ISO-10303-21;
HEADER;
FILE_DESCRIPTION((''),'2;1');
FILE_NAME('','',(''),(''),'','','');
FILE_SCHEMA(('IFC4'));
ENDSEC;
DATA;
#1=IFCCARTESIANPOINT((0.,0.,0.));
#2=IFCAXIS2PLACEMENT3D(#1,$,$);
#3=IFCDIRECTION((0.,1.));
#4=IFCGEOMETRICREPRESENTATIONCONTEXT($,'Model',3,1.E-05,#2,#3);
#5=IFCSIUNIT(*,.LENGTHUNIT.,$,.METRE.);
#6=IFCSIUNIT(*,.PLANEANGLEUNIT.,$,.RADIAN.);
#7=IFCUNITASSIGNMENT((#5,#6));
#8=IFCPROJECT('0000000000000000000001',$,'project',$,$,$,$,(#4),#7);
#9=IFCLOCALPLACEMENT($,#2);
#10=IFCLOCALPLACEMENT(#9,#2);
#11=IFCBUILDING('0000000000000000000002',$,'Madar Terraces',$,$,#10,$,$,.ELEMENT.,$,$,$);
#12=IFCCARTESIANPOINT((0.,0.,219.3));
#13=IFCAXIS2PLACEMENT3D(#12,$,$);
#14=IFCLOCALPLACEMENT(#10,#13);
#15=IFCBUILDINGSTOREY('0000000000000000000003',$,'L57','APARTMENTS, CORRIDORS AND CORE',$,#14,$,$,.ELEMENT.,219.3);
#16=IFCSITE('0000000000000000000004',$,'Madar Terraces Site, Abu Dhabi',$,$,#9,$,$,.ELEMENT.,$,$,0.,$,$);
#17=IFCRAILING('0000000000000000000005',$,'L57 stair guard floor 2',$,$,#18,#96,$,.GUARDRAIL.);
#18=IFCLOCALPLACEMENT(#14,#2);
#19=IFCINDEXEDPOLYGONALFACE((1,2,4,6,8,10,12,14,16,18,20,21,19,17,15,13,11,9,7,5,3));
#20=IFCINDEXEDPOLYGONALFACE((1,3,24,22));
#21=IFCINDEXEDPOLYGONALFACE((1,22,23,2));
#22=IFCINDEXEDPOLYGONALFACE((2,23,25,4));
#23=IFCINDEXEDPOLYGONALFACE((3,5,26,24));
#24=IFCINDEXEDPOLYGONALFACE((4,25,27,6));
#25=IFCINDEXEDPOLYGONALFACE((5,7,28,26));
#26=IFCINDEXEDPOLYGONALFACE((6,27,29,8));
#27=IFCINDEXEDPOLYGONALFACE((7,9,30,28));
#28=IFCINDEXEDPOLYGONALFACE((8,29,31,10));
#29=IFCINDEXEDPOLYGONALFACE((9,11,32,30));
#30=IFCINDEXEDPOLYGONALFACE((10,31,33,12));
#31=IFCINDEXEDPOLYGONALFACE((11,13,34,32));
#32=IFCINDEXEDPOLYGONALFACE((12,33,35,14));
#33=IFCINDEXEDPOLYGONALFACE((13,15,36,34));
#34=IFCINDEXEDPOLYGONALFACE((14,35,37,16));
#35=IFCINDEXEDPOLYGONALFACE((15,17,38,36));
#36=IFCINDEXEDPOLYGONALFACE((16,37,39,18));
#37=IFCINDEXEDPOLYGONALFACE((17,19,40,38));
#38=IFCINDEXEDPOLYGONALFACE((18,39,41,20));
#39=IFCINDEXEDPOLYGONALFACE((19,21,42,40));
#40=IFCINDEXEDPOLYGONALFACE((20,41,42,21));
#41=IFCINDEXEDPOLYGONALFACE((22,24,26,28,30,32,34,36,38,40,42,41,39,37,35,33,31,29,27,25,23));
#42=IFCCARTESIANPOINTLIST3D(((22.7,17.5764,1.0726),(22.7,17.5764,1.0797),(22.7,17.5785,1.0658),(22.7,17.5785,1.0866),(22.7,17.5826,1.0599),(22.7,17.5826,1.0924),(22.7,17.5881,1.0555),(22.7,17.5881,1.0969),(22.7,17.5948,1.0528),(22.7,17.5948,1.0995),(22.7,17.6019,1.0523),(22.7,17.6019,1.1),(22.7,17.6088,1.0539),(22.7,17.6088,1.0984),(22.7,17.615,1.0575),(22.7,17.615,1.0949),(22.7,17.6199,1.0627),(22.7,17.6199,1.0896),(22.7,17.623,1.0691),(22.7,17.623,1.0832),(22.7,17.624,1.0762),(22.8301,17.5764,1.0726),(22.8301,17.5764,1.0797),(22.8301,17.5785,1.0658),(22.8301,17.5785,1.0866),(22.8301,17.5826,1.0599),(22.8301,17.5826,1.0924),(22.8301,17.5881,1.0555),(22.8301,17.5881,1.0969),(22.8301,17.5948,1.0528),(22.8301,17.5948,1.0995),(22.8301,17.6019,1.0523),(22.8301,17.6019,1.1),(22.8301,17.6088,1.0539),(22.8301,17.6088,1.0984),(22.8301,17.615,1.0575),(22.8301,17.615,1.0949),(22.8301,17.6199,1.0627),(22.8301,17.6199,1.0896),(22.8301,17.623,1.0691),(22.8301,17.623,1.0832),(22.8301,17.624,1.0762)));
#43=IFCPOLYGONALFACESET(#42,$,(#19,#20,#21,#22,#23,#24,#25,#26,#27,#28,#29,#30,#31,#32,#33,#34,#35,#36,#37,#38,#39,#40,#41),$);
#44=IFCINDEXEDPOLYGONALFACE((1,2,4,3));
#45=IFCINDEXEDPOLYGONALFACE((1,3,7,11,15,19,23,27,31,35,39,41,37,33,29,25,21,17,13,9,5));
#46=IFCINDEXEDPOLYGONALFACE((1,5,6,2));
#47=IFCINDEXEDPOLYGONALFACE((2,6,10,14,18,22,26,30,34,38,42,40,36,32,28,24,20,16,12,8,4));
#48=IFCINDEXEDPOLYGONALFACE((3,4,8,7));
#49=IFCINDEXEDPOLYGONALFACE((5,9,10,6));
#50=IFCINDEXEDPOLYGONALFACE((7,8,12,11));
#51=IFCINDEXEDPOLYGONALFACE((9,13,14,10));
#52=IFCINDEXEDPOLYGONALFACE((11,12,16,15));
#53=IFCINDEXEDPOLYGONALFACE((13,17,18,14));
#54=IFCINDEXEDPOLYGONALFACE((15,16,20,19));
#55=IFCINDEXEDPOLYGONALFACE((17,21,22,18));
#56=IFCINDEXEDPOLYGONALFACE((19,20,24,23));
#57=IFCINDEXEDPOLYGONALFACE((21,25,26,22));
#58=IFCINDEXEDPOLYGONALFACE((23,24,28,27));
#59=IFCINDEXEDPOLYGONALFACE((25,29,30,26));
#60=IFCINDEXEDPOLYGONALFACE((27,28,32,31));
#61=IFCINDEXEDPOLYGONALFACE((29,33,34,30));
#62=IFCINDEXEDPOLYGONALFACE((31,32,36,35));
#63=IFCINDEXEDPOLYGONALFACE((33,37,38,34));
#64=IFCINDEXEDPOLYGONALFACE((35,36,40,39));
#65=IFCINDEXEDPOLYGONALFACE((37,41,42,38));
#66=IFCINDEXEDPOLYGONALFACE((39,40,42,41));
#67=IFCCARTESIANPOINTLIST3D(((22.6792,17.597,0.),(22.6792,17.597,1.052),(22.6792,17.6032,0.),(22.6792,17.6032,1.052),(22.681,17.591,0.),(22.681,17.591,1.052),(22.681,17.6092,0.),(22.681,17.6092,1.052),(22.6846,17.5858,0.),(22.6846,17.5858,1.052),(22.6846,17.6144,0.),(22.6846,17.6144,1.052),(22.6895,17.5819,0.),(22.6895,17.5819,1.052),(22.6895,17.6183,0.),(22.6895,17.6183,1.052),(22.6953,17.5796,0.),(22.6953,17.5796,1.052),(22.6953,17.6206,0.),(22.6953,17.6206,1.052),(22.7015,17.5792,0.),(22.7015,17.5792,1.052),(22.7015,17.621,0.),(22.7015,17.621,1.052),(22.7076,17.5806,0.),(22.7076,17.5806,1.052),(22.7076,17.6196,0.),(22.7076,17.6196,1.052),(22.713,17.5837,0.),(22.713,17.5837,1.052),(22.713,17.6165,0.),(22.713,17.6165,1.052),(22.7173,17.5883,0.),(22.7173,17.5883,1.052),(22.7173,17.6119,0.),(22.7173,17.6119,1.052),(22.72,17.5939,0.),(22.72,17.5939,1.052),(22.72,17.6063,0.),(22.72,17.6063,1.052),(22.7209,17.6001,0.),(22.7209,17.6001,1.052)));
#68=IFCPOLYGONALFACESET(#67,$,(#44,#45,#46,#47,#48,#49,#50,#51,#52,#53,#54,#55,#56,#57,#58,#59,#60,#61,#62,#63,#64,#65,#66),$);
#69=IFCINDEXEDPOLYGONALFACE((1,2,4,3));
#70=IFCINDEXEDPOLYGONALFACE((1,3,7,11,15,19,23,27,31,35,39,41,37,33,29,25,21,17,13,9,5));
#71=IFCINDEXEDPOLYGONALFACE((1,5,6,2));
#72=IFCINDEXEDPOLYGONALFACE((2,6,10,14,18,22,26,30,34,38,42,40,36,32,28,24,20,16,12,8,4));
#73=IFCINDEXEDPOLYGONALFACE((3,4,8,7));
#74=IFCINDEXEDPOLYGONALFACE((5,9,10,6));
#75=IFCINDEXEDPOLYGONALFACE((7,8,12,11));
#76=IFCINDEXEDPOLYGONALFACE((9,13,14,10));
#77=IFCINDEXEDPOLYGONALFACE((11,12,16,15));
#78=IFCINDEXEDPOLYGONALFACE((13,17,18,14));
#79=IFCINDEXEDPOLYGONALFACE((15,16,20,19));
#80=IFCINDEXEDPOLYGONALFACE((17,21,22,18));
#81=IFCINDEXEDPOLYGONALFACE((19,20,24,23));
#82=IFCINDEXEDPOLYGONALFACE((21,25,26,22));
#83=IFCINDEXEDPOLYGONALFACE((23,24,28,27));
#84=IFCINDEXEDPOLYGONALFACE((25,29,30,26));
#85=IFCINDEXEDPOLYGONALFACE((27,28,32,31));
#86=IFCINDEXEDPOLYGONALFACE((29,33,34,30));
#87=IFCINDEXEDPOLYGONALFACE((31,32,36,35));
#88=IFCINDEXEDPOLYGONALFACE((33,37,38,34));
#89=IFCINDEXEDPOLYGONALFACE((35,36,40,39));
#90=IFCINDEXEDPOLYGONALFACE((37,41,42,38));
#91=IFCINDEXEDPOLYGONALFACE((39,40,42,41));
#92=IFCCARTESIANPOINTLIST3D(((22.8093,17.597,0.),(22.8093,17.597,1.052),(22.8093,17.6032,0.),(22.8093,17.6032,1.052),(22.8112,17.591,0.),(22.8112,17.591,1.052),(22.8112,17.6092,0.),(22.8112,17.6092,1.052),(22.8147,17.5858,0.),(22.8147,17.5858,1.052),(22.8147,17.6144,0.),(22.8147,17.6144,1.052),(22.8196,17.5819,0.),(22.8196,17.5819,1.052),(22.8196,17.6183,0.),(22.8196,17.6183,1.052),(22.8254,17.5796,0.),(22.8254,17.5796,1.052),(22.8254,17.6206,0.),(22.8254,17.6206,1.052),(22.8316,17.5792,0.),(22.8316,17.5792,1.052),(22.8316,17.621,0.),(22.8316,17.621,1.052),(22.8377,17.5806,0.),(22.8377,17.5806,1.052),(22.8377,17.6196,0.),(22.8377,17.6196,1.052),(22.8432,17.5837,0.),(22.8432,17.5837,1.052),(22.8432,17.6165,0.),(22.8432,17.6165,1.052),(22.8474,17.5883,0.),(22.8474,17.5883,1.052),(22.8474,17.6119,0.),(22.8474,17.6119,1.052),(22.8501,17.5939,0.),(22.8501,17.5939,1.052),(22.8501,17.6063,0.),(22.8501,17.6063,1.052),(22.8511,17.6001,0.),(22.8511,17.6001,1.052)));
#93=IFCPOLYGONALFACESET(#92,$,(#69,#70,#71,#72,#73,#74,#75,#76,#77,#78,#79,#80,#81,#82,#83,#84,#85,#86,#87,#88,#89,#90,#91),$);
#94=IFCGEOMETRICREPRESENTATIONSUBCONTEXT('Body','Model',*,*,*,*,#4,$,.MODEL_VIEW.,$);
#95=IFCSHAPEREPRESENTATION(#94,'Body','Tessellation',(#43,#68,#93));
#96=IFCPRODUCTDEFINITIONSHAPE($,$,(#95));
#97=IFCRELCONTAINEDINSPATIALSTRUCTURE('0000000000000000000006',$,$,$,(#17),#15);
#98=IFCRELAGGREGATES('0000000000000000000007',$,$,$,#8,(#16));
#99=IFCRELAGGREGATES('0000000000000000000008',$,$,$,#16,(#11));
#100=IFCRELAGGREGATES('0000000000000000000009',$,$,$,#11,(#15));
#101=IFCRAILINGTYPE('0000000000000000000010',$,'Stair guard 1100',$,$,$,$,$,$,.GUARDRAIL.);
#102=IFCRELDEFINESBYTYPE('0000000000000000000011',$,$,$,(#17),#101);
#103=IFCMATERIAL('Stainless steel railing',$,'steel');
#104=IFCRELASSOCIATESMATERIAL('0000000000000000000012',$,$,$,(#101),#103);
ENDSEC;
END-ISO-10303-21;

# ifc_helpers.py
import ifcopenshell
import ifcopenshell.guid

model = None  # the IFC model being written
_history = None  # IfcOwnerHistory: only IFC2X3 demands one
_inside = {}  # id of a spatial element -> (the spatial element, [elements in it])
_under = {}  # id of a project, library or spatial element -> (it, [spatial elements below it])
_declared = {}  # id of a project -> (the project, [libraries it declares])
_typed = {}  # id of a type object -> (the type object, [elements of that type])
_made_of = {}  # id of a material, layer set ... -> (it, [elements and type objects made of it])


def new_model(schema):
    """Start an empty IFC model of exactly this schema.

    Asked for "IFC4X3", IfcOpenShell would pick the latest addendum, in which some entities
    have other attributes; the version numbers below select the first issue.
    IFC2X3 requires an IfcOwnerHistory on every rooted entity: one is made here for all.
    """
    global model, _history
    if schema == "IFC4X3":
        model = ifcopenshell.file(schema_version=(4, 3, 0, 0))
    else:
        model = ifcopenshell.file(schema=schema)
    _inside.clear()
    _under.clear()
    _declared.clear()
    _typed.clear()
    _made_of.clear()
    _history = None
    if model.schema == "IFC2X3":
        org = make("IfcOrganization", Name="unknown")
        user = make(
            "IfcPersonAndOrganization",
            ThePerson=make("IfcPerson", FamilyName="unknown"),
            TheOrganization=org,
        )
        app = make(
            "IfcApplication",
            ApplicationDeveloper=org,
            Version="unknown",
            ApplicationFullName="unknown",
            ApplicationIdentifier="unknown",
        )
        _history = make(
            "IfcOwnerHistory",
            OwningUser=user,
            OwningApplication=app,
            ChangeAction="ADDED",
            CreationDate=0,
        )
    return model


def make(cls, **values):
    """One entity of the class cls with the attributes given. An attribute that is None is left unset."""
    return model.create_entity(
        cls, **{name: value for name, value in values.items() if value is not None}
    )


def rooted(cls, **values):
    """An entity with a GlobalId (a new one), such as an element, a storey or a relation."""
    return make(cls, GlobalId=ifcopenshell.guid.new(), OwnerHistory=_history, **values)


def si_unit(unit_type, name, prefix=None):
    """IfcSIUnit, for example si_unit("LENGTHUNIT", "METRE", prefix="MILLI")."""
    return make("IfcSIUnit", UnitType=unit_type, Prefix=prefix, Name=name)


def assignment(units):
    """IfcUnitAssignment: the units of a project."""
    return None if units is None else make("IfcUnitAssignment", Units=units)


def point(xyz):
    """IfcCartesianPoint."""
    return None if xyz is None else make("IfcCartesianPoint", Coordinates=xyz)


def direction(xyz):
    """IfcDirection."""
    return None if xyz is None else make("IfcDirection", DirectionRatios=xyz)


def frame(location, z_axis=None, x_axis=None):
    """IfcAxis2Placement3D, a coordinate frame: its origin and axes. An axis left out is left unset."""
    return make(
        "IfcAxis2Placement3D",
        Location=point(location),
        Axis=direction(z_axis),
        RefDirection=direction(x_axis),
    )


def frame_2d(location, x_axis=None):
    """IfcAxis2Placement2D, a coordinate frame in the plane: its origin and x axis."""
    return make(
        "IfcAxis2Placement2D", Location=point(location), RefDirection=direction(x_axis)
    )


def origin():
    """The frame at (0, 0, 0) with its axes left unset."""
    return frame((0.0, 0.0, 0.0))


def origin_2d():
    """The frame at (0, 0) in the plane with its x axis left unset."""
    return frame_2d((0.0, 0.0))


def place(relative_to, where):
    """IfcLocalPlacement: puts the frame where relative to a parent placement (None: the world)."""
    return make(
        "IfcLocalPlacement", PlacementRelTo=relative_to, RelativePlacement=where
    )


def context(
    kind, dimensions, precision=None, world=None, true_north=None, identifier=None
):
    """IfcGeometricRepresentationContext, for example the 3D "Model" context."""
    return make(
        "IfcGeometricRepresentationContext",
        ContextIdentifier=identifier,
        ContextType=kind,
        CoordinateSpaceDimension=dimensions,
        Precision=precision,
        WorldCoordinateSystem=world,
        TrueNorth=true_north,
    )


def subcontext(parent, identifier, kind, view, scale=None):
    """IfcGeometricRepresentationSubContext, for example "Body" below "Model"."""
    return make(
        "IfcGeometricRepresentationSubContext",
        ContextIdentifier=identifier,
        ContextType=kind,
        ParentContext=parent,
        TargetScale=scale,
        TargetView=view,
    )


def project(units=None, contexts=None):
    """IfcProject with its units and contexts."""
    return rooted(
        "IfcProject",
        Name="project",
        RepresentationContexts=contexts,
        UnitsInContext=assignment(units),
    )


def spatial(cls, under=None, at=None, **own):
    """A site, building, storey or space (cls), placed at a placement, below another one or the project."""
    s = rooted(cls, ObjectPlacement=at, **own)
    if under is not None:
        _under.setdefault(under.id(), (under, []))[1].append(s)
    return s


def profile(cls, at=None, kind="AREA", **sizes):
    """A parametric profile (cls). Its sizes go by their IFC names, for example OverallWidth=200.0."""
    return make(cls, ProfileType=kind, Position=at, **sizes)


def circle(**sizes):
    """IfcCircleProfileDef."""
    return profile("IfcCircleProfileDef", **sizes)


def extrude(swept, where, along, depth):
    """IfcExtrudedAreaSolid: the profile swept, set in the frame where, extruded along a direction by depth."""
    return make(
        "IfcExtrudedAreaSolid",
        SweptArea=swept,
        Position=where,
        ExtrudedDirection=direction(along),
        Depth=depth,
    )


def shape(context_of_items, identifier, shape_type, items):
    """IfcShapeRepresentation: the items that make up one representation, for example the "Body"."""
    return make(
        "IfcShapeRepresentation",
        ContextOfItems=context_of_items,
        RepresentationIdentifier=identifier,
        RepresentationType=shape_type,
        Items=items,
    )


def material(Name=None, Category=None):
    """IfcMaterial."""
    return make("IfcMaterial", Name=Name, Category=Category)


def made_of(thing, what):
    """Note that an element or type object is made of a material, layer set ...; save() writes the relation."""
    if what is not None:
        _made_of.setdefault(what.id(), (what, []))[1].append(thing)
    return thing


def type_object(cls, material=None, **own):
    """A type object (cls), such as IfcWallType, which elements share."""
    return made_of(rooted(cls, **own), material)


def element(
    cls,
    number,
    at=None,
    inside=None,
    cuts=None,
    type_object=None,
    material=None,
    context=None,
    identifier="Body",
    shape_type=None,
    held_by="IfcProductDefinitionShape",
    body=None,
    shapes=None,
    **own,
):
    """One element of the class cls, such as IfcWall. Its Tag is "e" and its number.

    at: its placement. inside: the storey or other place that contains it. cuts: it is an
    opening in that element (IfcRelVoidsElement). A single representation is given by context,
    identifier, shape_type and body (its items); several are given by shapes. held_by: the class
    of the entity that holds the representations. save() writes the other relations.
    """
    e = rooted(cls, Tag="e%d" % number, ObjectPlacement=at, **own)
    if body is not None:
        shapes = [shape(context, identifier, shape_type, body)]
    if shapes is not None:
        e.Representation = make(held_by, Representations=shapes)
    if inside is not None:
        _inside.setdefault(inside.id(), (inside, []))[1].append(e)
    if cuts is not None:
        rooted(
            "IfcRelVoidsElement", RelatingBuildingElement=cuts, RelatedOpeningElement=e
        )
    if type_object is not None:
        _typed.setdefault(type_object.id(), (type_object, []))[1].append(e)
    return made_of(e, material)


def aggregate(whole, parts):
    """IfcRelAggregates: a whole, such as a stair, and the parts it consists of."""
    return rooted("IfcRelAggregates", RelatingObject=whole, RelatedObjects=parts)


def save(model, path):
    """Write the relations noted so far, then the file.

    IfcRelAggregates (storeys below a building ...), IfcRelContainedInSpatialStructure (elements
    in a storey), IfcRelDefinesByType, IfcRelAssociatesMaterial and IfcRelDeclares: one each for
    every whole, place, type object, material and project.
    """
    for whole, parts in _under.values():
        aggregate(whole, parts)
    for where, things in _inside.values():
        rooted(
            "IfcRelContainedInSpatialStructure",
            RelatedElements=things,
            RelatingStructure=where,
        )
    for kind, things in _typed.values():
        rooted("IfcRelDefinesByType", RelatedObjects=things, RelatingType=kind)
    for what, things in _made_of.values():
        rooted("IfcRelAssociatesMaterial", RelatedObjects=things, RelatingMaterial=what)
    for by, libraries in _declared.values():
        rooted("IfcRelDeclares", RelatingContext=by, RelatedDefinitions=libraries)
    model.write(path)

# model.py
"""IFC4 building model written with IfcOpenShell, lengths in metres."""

from ifc_helpers import new_model, si_unit, direction, frame, origin, origin_2d, place, context, subcontext, project, spatial, circle, extrude, material, type_object, element, save


model = new_model("IFC4")

# Units and contexts
model_context = context("Model", 3, precision=1e-05, world=origin(), true_north=direction((0.0, 1.0)))
body_context = subcontext(model_context, "Body", "Model", "MODEL_VIEW")
ifc_project = project(units=[si_unit("LENGTHUNIT", "METRE"), si_unit("PLANEANGLEUNIT", "RADIAN")], contexts=[model_context])

# Site, building, storey
site_placement = place(None, origin())
site = spatial("IfcSite", under=ifc_project, at=site_placement, Name="Madar Terraces Site, Abu Dhabi", CompositionType="ELEMENT", RefElevation=0.0)
building_placement = place(site_placement, origin())
building = spatial("IfcBuilding", under=site, at=building_placement, Name="Madar Terraces", CompositionType="ELEMENT")
storey_placement = place(building_placement, frame((0.0, 0.0, 219.3)))
storey = spatial("IfcBuildingStorey", under=building, at=storey_placement, Name="L57", Description="APARTMENTS, CORRIDORS AND CORE", CompositionType="ELEMENT", Elevation=219.3)

# Railing
ifc_material_1 = material(Name="Stainless steel railing", Category="steel")
railing_type_1 = type_object("IfcRailingType", Name="Stair guard 1100", PredefinedType="GUARDRAIL", material=ifc_material_1)
railing_1_placement = place(storey_placement, frame((22.7, 17.6001, 0.0)))
element("IfcRailing", 1, at=railing_1_placement, inside=storey, type_object=railing_type_1, Name="L57 stair guard floor 2", PredefinedType="GUARDRAIL", context=body_context, shape_type="SweptSolid", body=[
    extrude(circle(Radius=0.0239, at=origin_2d()), frame((0.0, 0.0, 1.0762), z_axis=(1.0, 0.0, 0.0), x_axis=(0.0, 1.0, 0.0)), (0.0, 0.0, 1.0), 0.1301),
    extrude(circle(Radius=0.021, at=origin_2d()), origin(), (0.0, 0.0, 1.0), 1.052),
    extrude(circle(Radius=0.021, at=origin_2d()), frame((0.1301, 0.0, 0.0)), (0.0, 0.0, 1.0), 1.052),
])

save(model, "model.ifc")
